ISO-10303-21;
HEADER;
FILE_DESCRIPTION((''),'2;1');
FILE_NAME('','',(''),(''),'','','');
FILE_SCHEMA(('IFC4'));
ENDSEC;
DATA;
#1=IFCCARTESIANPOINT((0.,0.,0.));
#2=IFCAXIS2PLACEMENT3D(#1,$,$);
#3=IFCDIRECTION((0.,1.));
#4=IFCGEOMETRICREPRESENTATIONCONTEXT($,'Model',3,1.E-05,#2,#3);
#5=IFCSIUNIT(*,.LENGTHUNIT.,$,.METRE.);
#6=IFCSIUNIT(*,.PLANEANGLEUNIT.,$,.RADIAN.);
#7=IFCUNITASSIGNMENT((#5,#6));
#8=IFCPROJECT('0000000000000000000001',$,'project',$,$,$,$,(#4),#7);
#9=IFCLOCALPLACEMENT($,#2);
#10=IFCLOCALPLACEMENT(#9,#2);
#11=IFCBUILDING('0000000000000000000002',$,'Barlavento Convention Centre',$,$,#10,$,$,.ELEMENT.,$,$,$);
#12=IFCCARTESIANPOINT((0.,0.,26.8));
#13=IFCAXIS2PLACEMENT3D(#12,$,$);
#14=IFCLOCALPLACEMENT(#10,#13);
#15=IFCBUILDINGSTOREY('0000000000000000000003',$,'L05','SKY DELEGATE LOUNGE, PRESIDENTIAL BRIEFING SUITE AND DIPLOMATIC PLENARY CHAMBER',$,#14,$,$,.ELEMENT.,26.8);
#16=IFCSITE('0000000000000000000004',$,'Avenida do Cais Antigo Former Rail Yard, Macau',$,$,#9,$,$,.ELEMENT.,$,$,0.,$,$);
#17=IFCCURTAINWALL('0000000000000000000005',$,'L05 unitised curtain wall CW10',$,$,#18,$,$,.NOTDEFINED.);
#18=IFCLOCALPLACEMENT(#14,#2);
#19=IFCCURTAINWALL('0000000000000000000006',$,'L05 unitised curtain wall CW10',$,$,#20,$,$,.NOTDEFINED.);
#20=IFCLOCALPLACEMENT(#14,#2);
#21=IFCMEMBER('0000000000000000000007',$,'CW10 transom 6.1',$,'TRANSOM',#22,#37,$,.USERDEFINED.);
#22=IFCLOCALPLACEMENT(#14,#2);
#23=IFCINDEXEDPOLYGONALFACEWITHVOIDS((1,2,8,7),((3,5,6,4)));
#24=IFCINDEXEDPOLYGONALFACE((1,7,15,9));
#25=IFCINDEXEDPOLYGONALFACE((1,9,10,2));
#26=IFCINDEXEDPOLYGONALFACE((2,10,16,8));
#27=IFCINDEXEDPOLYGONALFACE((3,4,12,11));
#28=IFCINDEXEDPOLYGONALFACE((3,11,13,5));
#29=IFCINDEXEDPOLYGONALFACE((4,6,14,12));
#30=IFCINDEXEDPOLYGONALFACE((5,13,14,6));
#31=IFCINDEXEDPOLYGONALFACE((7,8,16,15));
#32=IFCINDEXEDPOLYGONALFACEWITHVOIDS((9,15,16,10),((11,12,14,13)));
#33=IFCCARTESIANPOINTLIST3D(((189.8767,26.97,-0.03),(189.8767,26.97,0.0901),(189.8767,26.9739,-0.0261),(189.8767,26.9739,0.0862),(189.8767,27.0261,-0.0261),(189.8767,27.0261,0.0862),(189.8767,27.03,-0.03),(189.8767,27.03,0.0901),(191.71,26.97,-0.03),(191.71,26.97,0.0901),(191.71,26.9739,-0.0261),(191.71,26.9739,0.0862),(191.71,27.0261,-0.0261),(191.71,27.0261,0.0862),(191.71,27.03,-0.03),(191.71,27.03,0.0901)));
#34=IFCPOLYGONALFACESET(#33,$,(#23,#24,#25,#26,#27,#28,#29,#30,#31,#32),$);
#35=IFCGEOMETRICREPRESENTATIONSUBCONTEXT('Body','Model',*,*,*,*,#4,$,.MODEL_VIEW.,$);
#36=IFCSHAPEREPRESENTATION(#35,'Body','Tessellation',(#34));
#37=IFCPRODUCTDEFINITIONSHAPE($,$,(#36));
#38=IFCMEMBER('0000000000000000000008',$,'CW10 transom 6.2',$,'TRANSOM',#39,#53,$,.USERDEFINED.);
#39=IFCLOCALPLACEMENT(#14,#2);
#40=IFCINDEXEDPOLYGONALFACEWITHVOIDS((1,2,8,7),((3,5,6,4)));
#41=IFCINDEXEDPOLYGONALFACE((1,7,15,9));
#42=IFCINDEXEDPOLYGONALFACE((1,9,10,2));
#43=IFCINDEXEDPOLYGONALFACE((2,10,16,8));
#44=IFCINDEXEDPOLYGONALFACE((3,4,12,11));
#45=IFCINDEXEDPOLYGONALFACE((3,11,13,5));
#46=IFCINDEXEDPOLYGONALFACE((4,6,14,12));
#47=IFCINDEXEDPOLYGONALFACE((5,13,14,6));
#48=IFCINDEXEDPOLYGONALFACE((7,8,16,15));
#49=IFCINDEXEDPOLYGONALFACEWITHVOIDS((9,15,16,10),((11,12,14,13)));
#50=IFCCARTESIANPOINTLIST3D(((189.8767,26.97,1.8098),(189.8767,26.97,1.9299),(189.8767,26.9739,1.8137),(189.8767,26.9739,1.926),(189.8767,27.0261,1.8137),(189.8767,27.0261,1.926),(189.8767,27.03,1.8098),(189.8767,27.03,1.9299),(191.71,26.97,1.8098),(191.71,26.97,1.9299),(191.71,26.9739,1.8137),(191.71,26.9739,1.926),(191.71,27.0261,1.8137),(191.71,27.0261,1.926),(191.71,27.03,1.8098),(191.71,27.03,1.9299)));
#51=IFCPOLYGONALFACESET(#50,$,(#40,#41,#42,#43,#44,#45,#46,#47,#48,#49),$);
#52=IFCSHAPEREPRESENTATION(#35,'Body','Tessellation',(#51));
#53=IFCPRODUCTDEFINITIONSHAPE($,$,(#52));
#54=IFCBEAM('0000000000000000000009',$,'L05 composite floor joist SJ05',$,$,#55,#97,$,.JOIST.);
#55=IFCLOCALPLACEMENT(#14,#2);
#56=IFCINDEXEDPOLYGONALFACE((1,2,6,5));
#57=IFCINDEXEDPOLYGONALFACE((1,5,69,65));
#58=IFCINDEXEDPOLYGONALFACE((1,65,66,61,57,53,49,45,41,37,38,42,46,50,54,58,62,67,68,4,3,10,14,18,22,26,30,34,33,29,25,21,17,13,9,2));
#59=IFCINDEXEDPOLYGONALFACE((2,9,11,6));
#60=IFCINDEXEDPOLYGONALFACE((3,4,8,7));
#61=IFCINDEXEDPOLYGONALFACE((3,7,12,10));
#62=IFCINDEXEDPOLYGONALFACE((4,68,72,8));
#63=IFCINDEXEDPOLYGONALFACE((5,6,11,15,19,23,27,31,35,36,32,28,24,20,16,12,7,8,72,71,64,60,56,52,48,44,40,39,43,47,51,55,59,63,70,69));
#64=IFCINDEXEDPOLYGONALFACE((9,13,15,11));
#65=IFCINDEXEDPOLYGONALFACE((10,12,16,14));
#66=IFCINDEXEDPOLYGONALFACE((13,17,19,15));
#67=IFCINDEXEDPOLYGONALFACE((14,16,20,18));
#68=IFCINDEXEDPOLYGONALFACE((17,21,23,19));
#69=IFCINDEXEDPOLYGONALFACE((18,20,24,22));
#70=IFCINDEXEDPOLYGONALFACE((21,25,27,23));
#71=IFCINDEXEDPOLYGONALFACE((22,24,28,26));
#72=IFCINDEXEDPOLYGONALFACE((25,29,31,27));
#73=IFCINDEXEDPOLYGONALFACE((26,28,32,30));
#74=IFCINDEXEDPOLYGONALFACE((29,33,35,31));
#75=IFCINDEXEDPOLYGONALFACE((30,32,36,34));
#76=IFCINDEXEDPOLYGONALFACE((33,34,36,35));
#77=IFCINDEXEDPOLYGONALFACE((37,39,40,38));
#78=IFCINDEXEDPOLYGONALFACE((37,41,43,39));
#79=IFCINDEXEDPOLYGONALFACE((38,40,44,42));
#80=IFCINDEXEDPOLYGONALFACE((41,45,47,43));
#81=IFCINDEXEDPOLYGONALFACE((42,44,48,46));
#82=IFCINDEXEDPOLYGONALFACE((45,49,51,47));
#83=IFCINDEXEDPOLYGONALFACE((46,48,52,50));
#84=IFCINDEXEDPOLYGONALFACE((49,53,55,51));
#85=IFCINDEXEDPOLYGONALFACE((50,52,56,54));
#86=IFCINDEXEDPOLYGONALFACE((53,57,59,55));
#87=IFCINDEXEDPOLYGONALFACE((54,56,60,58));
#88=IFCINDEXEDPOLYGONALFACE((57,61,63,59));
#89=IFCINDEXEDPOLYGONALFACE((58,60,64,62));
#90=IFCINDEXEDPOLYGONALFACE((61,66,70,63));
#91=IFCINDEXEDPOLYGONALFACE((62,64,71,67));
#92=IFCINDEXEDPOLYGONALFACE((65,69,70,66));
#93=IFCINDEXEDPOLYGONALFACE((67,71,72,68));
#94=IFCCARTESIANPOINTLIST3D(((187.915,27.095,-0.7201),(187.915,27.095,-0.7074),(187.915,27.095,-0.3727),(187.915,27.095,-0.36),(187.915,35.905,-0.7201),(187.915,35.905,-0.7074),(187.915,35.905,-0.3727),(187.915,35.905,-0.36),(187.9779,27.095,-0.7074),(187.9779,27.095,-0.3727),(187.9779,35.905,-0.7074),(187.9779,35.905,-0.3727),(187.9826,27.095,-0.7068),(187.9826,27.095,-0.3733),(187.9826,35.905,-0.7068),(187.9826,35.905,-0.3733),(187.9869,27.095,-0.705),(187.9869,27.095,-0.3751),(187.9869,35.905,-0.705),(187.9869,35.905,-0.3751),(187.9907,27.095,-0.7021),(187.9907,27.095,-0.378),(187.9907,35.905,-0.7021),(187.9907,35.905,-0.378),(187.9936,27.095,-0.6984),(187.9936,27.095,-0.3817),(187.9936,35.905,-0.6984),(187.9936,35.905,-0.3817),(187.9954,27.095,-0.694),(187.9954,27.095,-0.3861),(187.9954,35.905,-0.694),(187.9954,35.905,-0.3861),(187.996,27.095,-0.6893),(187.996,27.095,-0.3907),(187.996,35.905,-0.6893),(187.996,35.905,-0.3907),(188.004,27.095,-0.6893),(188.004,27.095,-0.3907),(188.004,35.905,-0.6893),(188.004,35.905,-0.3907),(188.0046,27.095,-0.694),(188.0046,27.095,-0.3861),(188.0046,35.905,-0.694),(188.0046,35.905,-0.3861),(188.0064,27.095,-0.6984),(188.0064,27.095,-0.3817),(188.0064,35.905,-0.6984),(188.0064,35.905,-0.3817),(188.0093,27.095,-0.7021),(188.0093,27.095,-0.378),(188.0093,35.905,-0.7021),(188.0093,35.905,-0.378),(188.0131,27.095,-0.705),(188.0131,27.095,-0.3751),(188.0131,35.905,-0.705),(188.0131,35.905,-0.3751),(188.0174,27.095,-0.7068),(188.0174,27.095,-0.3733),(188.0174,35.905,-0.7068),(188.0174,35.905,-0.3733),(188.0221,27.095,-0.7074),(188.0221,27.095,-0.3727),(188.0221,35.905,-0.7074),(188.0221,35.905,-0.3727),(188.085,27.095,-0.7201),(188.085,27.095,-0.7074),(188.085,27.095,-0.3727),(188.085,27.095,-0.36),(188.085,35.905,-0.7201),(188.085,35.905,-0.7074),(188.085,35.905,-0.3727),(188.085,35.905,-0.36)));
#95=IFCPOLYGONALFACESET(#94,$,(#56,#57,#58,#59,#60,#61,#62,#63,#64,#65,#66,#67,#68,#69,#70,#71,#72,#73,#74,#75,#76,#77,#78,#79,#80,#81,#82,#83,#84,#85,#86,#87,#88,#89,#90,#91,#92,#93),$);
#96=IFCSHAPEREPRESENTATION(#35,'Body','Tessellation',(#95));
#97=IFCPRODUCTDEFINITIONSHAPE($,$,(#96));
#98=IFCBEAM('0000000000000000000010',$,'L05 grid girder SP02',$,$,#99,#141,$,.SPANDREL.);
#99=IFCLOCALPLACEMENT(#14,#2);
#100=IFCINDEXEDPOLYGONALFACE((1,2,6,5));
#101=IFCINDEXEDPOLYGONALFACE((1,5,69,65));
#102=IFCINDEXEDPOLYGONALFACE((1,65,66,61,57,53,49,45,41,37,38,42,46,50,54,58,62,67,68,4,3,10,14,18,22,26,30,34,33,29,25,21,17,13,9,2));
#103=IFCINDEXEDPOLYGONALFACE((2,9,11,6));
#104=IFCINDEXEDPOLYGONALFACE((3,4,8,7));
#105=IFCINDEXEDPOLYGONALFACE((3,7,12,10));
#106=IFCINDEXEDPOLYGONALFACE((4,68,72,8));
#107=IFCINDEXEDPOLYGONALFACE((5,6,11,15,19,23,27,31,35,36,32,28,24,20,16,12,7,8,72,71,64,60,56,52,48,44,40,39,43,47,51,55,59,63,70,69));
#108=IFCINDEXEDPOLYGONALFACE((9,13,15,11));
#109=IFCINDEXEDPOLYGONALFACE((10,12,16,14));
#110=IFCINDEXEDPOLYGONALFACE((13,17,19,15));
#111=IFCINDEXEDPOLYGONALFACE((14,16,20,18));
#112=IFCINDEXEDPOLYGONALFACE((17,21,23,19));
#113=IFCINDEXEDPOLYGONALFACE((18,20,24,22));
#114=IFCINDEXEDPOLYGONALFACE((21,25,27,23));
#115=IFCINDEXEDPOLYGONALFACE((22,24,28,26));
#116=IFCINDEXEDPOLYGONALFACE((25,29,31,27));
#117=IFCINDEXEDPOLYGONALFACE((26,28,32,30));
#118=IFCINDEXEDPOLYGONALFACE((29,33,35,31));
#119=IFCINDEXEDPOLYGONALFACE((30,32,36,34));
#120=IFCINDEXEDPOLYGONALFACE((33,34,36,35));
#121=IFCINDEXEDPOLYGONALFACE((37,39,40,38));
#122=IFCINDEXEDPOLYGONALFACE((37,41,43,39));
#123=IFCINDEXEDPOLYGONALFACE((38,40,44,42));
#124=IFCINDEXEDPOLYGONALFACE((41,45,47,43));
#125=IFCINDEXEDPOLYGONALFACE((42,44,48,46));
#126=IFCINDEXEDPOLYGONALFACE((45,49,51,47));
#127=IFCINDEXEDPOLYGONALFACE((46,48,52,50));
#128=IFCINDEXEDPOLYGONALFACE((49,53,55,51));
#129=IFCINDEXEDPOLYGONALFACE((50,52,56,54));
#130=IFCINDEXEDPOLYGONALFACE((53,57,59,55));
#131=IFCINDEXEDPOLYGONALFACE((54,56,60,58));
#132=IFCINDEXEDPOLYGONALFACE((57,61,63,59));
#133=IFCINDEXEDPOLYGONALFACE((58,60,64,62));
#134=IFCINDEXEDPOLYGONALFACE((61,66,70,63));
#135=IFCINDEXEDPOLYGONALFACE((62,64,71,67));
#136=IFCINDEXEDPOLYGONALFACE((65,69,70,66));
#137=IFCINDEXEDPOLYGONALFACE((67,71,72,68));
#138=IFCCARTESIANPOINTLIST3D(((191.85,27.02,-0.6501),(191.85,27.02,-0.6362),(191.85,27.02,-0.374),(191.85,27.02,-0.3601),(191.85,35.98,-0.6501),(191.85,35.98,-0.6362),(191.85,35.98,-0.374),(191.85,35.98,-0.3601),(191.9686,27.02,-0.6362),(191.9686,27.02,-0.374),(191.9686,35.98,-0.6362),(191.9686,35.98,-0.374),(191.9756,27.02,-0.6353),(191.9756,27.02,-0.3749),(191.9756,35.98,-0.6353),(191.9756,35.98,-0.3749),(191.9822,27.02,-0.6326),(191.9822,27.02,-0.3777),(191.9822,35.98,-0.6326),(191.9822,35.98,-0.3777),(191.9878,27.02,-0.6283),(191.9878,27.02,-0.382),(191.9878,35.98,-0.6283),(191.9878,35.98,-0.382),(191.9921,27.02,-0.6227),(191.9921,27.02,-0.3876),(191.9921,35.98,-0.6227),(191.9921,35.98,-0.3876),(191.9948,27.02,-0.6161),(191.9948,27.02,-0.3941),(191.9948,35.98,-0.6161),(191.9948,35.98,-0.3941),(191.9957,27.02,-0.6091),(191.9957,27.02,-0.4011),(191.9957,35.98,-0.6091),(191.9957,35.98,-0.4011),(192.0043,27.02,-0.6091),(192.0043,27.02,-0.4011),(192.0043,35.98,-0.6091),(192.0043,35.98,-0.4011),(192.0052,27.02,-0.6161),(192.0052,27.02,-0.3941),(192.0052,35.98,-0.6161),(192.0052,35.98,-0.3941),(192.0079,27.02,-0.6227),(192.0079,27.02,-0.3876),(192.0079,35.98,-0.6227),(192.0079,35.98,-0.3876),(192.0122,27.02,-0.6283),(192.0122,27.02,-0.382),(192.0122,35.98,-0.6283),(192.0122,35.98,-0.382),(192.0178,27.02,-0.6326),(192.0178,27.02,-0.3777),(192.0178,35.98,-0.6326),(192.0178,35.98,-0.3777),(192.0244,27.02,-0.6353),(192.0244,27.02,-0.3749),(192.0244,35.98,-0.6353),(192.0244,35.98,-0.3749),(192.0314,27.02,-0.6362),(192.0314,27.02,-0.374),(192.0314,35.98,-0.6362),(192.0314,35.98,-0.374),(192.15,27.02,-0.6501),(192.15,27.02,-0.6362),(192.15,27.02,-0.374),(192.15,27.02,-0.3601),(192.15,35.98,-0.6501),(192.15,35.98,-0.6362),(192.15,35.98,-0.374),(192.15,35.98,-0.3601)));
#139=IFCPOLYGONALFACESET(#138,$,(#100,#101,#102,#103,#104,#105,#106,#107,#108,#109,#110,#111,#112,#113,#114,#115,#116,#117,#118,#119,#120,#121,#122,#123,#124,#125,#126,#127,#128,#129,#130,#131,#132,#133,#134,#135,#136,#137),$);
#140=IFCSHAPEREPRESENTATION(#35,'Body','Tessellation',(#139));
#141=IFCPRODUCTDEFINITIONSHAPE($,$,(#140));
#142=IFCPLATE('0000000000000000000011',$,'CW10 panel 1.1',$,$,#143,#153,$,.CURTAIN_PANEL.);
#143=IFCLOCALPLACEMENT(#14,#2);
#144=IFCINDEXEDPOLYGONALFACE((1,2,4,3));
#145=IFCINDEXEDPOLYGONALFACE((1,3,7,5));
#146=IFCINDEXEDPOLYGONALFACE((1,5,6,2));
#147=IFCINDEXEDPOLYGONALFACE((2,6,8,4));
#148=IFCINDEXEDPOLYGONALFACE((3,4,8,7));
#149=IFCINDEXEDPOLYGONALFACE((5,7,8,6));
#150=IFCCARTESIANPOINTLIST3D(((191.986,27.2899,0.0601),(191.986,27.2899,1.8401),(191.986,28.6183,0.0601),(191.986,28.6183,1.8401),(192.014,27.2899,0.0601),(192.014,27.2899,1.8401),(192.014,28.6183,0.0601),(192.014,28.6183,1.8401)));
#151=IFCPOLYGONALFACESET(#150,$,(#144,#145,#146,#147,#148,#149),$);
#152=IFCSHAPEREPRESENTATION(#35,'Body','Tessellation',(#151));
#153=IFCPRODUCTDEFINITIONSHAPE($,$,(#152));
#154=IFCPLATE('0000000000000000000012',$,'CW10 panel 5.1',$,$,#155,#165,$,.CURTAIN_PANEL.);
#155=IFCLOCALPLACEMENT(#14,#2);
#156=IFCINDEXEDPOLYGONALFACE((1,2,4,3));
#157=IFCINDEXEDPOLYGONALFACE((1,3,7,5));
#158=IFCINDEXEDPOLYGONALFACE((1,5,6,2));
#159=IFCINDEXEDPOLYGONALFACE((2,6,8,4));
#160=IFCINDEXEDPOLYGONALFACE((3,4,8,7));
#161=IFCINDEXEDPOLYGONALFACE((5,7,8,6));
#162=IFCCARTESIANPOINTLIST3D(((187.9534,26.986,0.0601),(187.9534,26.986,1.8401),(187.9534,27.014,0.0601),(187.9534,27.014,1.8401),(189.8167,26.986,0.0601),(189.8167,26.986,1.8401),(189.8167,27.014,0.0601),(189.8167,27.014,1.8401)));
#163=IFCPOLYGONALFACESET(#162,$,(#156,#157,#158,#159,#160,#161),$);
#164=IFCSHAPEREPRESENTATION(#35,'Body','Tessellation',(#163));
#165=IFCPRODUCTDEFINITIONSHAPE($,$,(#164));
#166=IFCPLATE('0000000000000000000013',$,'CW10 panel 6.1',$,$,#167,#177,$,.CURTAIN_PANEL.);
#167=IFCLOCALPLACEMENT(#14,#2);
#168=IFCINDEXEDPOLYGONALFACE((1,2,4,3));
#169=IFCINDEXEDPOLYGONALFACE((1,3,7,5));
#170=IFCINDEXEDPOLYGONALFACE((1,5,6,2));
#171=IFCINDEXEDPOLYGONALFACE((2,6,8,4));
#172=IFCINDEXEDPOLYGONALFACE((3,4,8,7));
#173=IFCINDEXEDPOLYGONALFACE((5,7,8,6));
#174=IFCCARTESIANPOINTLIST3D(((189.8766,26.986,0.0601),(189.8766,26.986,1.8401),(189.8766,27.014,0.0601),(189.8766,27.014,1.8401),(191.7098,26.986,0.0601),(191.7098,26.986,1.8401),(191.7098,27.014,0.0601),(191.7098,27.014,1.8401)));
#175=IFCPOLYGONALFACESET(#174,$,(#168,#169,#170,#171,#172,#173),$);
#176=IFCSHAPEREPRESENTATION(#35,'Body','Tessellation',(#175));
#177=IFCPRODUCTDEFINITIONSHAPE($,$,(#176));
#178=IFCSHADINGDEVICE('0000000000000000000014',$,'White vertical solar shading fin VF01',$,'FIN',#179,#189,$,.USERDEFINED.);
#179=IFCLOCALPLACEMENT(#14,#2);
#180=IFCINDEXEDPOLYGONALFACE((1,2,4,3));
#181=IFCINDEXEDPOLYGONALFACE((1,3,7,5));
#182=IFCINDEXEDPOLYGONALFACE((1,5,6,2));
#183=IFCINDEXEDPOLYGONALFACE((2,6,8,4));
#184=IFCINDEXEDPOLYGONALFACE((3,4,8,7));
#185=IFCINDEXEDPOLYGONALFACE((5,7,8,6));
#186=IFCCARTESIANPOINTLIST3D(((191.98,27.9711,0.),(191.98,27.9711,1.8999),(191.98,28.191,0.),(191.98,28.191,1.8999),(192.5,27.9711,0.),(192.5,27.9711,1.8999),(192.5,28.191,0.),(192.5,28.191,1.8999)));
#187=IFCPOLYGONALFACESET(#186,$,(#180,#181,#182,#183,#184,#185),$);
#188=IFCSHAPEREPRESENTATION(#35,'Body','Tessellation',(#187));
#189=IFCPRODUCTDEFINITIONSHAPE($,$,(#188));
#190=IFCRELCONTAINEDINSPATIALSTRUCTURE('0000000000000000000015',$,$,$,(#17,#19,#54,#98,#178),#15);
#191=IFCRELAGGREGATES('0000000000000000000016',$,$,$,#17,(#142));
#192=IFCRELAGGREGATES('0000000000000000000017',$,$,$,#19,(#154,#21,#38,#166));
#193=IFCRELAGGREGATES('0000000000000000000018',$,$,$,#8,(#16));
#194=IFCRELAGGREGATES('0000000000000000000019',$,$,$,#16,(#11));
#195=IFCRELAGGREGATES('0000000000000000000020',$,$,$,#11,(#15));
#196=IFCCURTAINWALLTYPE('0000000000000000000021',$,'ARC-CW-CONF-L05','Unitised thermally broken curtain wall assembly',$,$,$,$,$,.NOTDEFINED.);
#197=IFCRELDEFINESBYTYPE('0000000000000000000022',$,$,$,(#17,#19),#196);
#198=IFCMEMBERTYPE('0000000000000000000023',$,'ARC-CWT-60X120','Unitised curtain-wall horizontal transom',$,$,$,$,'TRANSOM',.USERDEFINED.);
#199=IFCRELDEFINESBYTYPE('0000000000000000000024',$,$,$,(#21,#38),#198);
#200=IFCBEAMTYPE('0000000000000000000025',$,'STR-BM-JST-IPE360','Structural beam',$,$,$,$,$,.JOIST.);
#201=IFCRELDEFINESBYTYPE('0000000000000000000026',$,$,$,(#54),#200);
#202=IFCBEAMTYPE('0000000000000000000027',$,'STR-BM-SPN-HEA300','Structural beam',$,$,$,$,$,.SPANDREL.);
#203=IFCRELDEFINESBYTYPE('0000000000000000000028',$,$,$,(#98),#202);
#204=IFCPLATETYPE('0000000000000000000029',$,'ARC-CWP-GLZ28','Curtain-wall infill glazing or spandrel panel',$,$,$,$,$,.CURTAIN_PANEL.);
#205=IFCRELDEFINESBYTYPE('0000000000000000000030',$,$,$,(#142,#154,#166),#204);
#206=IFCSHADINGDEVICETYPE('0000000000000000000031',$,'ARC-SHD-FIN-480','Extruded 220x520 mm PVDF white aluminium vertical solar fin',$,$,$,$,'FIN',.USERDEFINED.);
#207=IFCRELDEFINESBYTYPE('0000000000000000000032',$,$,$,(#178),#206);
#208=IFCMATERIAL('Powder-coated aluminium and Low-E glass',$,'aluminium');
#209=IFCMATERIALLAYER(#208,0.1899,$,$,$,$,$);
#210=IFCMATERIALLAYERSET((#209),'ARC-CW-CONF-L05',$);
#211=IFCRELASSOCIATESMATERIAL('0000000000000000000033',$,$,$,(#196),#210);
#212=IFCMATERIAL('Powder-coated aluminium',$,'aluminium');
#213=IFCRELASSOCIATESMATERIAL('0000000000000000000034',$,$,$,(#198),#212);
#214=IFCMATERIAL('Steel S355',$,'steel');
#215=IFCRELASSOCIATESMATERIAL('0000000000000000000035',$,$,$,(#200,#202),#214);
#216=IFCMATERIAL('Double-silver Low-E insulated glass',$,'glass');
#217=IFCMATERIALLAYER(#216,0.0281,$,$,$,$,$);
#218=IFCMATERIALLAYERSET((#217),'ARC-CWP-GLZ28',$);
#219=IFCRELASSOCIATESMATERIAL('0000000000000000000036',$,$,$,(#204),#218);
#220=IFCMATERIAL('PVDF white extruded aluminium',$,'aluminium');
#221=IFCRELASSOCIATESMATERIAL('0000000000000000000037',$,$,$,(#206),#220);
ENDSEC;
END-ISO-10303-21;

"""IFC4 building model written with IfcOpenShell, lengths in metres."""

from ifc_helpers import new_model, si_unit, direction, frame, origin, origin_2d, place, context, subcontext, project, spatial, rectangle, hollow_rectangle, i_section, extrude, material, layer, layer_set, material_profile, profile_set, type_object, element, aggregate, save


model = new_model("IFC4")

# Units and contexts
model_context = context("Model", 3, precision=1e-05, world=origin(), true_north=direction((0.0, 1.0)))
body_context = subcontext(model_context, "Body", "Model", "MODEL_VIEW")
ifc_project = project(units=[si_unit("LENGTHUNIT", "METRE"), si_unit("PLANEANGLEUNIT", "RADIAN")], contexts=[model_context])

# Site, building, storey
site_placement = place(None, origin())
site = spatial("IfcSite", under=ifc_project, at=site_placement, Name="Avenida do Cais Antigo Former Rail Yard, Macau", CompositionType="ELEMENT", RefElevation=0.0)
building_placement = place(site_placement, origin())
building = spatial("IfcBuilding", under=site, at=building_placement, Name="Barlavento Convention Centre", CompositionType="ELEMENT")
storey_placement = place(building_placement, frame((0.0, 0.0, 26.8)))
storey = spatial("IfcBuildingStorey", under=building, at=storey_placement, Name="L05", Description="SKY DELEGATE LOUNGE, PRESIDENTIAL BRIEFING SUITE AND DIPLOMATIC PLENARY CHAMBER", CompositionType="ELEMENT", Elevation=26.8)

# Shared definitions
ifc_material_1 = material(Name="Steel S355", Category="steel")

# Curtain walls
ifc_material_2 = material(Name="Powder-coated aluminium and Low-E glass", Category="aluminium")
ifc_layer_1 = layer(ifc_material_2, 0.1899)
ifc_layer_set_1 = layer_set([ifc_layer_1], Name="ARC-CW-CONF-L05")
curtain_wall_type = type_object("IfcCurtainWallType", Name="ARC-CW-CONF-L05", Description="Unitised thermally broken curtain wall assembly", PredefinedType="NOTDEFINED", material=ifc_layer_set_1)
curtain_wall_1_placement = place(storey_placement, origin())
curtain_wall_1 = element("IfcCurtainWall", 1, at=curtain_wall_1_placement, inside=storey, type_object=curtain_wall_type, Name="L05 unitised curtain wall CW10", PredefinedType="NOTDEFINED")
ifc_material_3 = material(Name="Powder-coated aluminium", Category="aluminium")
curtain_wall_2_placement = place(storey_placement, origin())
curtain_wall_2 = element("IfcCurtainWall", 2, at=curtain_wall_2_placement, inside=storey, type_object=curtain_wall_type, Name="L05 unitised curtain wall CW10", PredefinedType="NOTDEFINED")

# Members
ifc_material_profile_1 = material_profile(ifc_material_3, hollow_rectangle(XDim=0.0601, YDim=0.1201, WallThickness=0.0039, at=origin_2d()), Name="AL-TRAN 60x120x4")
ifc_profile_set_1 = profile_set([ifc_material_profile_1], Name="Powder-coated aluminium")
member_type_1 = type_object("IfcMemberType", Name="ARC-CWT-60X120", Description="Unitised curtain-wall horizontal transom", ElementType="TRANSOM", PredefinedType="USERDEFINED", material=ifc_profile_set_1)
member_1_placement = place(storey_placement, frame((189.8767, 27.0, 0.03), z_axis=(1.0, 0.0, 0.0), x_axis=(0.0, 1.0, 0.0)))
member_1 = element("IfcMember", 3, at=member_1_placement, type_object=member_type_1, Name="CW10 transom 6.1", ObjectType="TRANSOM", PredefinedType="USERDEFINED", context=body_context, shape_type="SweptSolid", body=[
    extrude(hollow_rectangle(XDim=0.0601, YDim=0.1201, WallThickness=0.0039, at=origin_2d()), origin(), (0.0, 0.0, 1.0), 1.8333),
])
member_2_placement = place(storey_placement, frame((189.8767, 27.0, 1.8699), z_axis=(1.0, 0.0, 0.0), x_axis=(0.0, 1.0, 0.0)))
member_2 = element("IfcMember", 4, at=member_2_placement, type_object=member_type_1, Name="CW10 transom 6.2", ObjectType="TRANSOM", PredefinedType="USERDEFINED", context=body_context, shape_type="SweptSolid", body=[
    extrude(hollow_rectangle(XDim=0.0601, YDim=0.1201, WallThickness=0.0039, at=origin_2d()), origin(), (0.0, 0.0, 1.0), 1.8333),
])

# Beams
ifc_material_profile_2 = material_profile(ifc_material_1, i_section(OverallWidth=0.1699, OverallDepth=0.3601, WebThickness=0.0081, FlangeThickness=0.0127, FilletRadius=0.0181, at=origin_2d()), Name="IPE 360")
ifc_profile_set_2 = profile_set([ifc_material_profile_2], Name="Steel S355")
beam_type_1 = type_object("IfcBeamType", Name="STR-BM-JST-IPE360", Description="Structural beam", PredefinedType="JOIST", material=ifc_profile_set_2)
beam_1_placement = place(storey_placement, frame((188.0, 27.095, -0.54), z_axis=(0.0, 1.0, 0.0), x_axis=(-1.0, 0.0, 0.0)))
element("IfcBeam", 5, at=beam_1_placement, inside=storey, type_object=beam_type_1, Name="L05 composite floor joist SJ05", PredefinedType="JOIST", context=body_context, shape_type="SweptSolid", body=[
    extrude(i_section(OverallWidth=0.1699, OverallDepth=0.3601, WebThickness=0.0081, FlangeThickness=0.0127, FilletRadius=0.0181, at=origin_2d()), origin(), (0.0, 0.0, 1.0), 8.8101),
])
ifc_material_profile_3 = material_profile(ifc_material_1, i_section(OverallWidth=0.3, OverallDepth=0.29, WebThickness=0.0085, FlangeThickness=0.0139, FilletRadius=0.0271, at=origin_2d()), Name="HEA 300")
ifc_profile_set_3 = profile_set([ifc_material_profile_3], Name="Steel S355")
beam_type_2 = type_object("IfcBeamType", Name="STR-BM-SPN-HEA300", Description="Structural beam", PredefinedType="SPANDREL", material=ifc_profile_set_3)
beam_2_placement = place(storey_placement, frame((192.0, 27.02, -0.5051), z_axis=(0.0, 1.0, 0.0), x_axis=(-1.0, 0.0, 0.0)))
element("IfcBeam", 6, at=beam_2_placement, inside=storey, type_object=beam_type_2, Name="L05 grid girder SP02", PredefinedType="SPANDREL", context=body_context, shape_type="SweptSolid", body=[
    extrude(i_section(OverallWidth=0.3, OverallDepth=0.29, WebThickness=0.0085, FlangeThickness=0.0139, FilletRadius=0.0271, at=origin_2d()), origin(), (0.0, 0.0, 1.0), 8.96),
])

# Plates
ifc_material_4 = material(Name="Double-silver Low-E insulated glass", Category="glass")
ifc_layer_2 = layer(ifc_material_4, 0.0281)
ifc_layer_set_2 = layer_set([ifc_layer_2], Name="ARC-CWP-GLZ28")
plate_type = type_object("IfcPlateType", Name="ARC-CWP-GLZ28", Description="Curtain-wall infill glazing or spandrel panel", PredefinedType="CURTAIN_PANEL", material=ifc_layer_set_2)
plate_1_placement = place(storey_placement, frame((192.0, 27.9541, 0.0601), z_axis=(0.0, 0.0, 1.0), x_axis=(0.0, 1.0, 0.0)))
plate_1 = element("IfcPlate", 7, at=plate_1_placement, type_object=plate_type, Name="CW10 panel 1.1", PredefinedType="CURTAIN_PANEL", context=body_context, shape_type="SweptSolid", body=[
    extrude(rectangle(XDim=1.3284, YDim=0.0281, at=origin_2d()), origin(), (0.0, 0.0, 1.0), 1.78),
])
aggregate(curtain_wall_1, [plate_1])
plate_2_placement = place(storey_placement, frame((188.885, 27.0, 0.0601), z_axis=(0.0, 0.0, 1.0), x_axis=(1.0, 0.0, 0.0)))
plate_2 = element("IfcPlate", 8, at=plate_2_placement, type_object=plate_type, Name="CW10 panel 5.1", PredefinedType="CURTAIN_PANEL", context=body_context, shape_type="SweptSolid", body=[
    extrude(rectangle(XDim=1.8633, YDim=0.0281, at=origin_2d()), origin(), (0.0, 0.0, 1.0), 1.78),
])
plate_3_placement = place(storey_placement, frame((190.7932, 27.0, 0.0601), z_axis=(0.0, 0.0, 1.0), x_axis=(1.0, 0.0, 0.0)))
plate_3 = element("IfcPlate", 9, at=plate_3_placement, type_object=plate_type, Name="CW10 panel 6.1", PredefinedType="CURTAIN_PANEL", context=body_context, shape_type="SweptSolid", body=[
    extrude(rectangle(XDim=1.8333, YDim=0.0281, at=origin_2d()), origin(), (0.0, 0.0, 1.0), 1.78),
])
aggregate(curtain_wall_2, [plate_2, member_1, member_2, plate_3])

# Shading device
ifc_material_5 = material(Name="PVDF white extruded aluminium", Category="aluminium")
shading_device_type = type_object("IfcShadingDeviceType", Name="ARC-SHD-FIN-480", Description="Extruded 220x520 mm PVDF white aluminium vertical solar fin", ElementType="FIN", PredefinedType="USERDEFINED", material=ifc_material_5)
for number, where, z_axis, x_axis, name in (
    (10, (192.24, 28.0811, 0.0), (0.0, 0.0, 1.0), (0.0, 1.0, 0.0), "White vertical solar shading fin VF01"),
):
    element("IfcShadingDevice", number, at=place(storey_placement, frame(where, z_axis=z_axis, x_axis=x_axis)), inside=storey, type_object=shading_device_type, Name=name, ObjectType="FIN", PredefinedType="USERDEFINED", context=body_context, shape_type="SweptSolid", body=[
        extrude(rectangle(XDim=0.22, YDim=0.52, at=origin_2d()), origin(), (0.0, 0.0, 1.0), 1.8999),
    ])

save(model, "model.ifc")
